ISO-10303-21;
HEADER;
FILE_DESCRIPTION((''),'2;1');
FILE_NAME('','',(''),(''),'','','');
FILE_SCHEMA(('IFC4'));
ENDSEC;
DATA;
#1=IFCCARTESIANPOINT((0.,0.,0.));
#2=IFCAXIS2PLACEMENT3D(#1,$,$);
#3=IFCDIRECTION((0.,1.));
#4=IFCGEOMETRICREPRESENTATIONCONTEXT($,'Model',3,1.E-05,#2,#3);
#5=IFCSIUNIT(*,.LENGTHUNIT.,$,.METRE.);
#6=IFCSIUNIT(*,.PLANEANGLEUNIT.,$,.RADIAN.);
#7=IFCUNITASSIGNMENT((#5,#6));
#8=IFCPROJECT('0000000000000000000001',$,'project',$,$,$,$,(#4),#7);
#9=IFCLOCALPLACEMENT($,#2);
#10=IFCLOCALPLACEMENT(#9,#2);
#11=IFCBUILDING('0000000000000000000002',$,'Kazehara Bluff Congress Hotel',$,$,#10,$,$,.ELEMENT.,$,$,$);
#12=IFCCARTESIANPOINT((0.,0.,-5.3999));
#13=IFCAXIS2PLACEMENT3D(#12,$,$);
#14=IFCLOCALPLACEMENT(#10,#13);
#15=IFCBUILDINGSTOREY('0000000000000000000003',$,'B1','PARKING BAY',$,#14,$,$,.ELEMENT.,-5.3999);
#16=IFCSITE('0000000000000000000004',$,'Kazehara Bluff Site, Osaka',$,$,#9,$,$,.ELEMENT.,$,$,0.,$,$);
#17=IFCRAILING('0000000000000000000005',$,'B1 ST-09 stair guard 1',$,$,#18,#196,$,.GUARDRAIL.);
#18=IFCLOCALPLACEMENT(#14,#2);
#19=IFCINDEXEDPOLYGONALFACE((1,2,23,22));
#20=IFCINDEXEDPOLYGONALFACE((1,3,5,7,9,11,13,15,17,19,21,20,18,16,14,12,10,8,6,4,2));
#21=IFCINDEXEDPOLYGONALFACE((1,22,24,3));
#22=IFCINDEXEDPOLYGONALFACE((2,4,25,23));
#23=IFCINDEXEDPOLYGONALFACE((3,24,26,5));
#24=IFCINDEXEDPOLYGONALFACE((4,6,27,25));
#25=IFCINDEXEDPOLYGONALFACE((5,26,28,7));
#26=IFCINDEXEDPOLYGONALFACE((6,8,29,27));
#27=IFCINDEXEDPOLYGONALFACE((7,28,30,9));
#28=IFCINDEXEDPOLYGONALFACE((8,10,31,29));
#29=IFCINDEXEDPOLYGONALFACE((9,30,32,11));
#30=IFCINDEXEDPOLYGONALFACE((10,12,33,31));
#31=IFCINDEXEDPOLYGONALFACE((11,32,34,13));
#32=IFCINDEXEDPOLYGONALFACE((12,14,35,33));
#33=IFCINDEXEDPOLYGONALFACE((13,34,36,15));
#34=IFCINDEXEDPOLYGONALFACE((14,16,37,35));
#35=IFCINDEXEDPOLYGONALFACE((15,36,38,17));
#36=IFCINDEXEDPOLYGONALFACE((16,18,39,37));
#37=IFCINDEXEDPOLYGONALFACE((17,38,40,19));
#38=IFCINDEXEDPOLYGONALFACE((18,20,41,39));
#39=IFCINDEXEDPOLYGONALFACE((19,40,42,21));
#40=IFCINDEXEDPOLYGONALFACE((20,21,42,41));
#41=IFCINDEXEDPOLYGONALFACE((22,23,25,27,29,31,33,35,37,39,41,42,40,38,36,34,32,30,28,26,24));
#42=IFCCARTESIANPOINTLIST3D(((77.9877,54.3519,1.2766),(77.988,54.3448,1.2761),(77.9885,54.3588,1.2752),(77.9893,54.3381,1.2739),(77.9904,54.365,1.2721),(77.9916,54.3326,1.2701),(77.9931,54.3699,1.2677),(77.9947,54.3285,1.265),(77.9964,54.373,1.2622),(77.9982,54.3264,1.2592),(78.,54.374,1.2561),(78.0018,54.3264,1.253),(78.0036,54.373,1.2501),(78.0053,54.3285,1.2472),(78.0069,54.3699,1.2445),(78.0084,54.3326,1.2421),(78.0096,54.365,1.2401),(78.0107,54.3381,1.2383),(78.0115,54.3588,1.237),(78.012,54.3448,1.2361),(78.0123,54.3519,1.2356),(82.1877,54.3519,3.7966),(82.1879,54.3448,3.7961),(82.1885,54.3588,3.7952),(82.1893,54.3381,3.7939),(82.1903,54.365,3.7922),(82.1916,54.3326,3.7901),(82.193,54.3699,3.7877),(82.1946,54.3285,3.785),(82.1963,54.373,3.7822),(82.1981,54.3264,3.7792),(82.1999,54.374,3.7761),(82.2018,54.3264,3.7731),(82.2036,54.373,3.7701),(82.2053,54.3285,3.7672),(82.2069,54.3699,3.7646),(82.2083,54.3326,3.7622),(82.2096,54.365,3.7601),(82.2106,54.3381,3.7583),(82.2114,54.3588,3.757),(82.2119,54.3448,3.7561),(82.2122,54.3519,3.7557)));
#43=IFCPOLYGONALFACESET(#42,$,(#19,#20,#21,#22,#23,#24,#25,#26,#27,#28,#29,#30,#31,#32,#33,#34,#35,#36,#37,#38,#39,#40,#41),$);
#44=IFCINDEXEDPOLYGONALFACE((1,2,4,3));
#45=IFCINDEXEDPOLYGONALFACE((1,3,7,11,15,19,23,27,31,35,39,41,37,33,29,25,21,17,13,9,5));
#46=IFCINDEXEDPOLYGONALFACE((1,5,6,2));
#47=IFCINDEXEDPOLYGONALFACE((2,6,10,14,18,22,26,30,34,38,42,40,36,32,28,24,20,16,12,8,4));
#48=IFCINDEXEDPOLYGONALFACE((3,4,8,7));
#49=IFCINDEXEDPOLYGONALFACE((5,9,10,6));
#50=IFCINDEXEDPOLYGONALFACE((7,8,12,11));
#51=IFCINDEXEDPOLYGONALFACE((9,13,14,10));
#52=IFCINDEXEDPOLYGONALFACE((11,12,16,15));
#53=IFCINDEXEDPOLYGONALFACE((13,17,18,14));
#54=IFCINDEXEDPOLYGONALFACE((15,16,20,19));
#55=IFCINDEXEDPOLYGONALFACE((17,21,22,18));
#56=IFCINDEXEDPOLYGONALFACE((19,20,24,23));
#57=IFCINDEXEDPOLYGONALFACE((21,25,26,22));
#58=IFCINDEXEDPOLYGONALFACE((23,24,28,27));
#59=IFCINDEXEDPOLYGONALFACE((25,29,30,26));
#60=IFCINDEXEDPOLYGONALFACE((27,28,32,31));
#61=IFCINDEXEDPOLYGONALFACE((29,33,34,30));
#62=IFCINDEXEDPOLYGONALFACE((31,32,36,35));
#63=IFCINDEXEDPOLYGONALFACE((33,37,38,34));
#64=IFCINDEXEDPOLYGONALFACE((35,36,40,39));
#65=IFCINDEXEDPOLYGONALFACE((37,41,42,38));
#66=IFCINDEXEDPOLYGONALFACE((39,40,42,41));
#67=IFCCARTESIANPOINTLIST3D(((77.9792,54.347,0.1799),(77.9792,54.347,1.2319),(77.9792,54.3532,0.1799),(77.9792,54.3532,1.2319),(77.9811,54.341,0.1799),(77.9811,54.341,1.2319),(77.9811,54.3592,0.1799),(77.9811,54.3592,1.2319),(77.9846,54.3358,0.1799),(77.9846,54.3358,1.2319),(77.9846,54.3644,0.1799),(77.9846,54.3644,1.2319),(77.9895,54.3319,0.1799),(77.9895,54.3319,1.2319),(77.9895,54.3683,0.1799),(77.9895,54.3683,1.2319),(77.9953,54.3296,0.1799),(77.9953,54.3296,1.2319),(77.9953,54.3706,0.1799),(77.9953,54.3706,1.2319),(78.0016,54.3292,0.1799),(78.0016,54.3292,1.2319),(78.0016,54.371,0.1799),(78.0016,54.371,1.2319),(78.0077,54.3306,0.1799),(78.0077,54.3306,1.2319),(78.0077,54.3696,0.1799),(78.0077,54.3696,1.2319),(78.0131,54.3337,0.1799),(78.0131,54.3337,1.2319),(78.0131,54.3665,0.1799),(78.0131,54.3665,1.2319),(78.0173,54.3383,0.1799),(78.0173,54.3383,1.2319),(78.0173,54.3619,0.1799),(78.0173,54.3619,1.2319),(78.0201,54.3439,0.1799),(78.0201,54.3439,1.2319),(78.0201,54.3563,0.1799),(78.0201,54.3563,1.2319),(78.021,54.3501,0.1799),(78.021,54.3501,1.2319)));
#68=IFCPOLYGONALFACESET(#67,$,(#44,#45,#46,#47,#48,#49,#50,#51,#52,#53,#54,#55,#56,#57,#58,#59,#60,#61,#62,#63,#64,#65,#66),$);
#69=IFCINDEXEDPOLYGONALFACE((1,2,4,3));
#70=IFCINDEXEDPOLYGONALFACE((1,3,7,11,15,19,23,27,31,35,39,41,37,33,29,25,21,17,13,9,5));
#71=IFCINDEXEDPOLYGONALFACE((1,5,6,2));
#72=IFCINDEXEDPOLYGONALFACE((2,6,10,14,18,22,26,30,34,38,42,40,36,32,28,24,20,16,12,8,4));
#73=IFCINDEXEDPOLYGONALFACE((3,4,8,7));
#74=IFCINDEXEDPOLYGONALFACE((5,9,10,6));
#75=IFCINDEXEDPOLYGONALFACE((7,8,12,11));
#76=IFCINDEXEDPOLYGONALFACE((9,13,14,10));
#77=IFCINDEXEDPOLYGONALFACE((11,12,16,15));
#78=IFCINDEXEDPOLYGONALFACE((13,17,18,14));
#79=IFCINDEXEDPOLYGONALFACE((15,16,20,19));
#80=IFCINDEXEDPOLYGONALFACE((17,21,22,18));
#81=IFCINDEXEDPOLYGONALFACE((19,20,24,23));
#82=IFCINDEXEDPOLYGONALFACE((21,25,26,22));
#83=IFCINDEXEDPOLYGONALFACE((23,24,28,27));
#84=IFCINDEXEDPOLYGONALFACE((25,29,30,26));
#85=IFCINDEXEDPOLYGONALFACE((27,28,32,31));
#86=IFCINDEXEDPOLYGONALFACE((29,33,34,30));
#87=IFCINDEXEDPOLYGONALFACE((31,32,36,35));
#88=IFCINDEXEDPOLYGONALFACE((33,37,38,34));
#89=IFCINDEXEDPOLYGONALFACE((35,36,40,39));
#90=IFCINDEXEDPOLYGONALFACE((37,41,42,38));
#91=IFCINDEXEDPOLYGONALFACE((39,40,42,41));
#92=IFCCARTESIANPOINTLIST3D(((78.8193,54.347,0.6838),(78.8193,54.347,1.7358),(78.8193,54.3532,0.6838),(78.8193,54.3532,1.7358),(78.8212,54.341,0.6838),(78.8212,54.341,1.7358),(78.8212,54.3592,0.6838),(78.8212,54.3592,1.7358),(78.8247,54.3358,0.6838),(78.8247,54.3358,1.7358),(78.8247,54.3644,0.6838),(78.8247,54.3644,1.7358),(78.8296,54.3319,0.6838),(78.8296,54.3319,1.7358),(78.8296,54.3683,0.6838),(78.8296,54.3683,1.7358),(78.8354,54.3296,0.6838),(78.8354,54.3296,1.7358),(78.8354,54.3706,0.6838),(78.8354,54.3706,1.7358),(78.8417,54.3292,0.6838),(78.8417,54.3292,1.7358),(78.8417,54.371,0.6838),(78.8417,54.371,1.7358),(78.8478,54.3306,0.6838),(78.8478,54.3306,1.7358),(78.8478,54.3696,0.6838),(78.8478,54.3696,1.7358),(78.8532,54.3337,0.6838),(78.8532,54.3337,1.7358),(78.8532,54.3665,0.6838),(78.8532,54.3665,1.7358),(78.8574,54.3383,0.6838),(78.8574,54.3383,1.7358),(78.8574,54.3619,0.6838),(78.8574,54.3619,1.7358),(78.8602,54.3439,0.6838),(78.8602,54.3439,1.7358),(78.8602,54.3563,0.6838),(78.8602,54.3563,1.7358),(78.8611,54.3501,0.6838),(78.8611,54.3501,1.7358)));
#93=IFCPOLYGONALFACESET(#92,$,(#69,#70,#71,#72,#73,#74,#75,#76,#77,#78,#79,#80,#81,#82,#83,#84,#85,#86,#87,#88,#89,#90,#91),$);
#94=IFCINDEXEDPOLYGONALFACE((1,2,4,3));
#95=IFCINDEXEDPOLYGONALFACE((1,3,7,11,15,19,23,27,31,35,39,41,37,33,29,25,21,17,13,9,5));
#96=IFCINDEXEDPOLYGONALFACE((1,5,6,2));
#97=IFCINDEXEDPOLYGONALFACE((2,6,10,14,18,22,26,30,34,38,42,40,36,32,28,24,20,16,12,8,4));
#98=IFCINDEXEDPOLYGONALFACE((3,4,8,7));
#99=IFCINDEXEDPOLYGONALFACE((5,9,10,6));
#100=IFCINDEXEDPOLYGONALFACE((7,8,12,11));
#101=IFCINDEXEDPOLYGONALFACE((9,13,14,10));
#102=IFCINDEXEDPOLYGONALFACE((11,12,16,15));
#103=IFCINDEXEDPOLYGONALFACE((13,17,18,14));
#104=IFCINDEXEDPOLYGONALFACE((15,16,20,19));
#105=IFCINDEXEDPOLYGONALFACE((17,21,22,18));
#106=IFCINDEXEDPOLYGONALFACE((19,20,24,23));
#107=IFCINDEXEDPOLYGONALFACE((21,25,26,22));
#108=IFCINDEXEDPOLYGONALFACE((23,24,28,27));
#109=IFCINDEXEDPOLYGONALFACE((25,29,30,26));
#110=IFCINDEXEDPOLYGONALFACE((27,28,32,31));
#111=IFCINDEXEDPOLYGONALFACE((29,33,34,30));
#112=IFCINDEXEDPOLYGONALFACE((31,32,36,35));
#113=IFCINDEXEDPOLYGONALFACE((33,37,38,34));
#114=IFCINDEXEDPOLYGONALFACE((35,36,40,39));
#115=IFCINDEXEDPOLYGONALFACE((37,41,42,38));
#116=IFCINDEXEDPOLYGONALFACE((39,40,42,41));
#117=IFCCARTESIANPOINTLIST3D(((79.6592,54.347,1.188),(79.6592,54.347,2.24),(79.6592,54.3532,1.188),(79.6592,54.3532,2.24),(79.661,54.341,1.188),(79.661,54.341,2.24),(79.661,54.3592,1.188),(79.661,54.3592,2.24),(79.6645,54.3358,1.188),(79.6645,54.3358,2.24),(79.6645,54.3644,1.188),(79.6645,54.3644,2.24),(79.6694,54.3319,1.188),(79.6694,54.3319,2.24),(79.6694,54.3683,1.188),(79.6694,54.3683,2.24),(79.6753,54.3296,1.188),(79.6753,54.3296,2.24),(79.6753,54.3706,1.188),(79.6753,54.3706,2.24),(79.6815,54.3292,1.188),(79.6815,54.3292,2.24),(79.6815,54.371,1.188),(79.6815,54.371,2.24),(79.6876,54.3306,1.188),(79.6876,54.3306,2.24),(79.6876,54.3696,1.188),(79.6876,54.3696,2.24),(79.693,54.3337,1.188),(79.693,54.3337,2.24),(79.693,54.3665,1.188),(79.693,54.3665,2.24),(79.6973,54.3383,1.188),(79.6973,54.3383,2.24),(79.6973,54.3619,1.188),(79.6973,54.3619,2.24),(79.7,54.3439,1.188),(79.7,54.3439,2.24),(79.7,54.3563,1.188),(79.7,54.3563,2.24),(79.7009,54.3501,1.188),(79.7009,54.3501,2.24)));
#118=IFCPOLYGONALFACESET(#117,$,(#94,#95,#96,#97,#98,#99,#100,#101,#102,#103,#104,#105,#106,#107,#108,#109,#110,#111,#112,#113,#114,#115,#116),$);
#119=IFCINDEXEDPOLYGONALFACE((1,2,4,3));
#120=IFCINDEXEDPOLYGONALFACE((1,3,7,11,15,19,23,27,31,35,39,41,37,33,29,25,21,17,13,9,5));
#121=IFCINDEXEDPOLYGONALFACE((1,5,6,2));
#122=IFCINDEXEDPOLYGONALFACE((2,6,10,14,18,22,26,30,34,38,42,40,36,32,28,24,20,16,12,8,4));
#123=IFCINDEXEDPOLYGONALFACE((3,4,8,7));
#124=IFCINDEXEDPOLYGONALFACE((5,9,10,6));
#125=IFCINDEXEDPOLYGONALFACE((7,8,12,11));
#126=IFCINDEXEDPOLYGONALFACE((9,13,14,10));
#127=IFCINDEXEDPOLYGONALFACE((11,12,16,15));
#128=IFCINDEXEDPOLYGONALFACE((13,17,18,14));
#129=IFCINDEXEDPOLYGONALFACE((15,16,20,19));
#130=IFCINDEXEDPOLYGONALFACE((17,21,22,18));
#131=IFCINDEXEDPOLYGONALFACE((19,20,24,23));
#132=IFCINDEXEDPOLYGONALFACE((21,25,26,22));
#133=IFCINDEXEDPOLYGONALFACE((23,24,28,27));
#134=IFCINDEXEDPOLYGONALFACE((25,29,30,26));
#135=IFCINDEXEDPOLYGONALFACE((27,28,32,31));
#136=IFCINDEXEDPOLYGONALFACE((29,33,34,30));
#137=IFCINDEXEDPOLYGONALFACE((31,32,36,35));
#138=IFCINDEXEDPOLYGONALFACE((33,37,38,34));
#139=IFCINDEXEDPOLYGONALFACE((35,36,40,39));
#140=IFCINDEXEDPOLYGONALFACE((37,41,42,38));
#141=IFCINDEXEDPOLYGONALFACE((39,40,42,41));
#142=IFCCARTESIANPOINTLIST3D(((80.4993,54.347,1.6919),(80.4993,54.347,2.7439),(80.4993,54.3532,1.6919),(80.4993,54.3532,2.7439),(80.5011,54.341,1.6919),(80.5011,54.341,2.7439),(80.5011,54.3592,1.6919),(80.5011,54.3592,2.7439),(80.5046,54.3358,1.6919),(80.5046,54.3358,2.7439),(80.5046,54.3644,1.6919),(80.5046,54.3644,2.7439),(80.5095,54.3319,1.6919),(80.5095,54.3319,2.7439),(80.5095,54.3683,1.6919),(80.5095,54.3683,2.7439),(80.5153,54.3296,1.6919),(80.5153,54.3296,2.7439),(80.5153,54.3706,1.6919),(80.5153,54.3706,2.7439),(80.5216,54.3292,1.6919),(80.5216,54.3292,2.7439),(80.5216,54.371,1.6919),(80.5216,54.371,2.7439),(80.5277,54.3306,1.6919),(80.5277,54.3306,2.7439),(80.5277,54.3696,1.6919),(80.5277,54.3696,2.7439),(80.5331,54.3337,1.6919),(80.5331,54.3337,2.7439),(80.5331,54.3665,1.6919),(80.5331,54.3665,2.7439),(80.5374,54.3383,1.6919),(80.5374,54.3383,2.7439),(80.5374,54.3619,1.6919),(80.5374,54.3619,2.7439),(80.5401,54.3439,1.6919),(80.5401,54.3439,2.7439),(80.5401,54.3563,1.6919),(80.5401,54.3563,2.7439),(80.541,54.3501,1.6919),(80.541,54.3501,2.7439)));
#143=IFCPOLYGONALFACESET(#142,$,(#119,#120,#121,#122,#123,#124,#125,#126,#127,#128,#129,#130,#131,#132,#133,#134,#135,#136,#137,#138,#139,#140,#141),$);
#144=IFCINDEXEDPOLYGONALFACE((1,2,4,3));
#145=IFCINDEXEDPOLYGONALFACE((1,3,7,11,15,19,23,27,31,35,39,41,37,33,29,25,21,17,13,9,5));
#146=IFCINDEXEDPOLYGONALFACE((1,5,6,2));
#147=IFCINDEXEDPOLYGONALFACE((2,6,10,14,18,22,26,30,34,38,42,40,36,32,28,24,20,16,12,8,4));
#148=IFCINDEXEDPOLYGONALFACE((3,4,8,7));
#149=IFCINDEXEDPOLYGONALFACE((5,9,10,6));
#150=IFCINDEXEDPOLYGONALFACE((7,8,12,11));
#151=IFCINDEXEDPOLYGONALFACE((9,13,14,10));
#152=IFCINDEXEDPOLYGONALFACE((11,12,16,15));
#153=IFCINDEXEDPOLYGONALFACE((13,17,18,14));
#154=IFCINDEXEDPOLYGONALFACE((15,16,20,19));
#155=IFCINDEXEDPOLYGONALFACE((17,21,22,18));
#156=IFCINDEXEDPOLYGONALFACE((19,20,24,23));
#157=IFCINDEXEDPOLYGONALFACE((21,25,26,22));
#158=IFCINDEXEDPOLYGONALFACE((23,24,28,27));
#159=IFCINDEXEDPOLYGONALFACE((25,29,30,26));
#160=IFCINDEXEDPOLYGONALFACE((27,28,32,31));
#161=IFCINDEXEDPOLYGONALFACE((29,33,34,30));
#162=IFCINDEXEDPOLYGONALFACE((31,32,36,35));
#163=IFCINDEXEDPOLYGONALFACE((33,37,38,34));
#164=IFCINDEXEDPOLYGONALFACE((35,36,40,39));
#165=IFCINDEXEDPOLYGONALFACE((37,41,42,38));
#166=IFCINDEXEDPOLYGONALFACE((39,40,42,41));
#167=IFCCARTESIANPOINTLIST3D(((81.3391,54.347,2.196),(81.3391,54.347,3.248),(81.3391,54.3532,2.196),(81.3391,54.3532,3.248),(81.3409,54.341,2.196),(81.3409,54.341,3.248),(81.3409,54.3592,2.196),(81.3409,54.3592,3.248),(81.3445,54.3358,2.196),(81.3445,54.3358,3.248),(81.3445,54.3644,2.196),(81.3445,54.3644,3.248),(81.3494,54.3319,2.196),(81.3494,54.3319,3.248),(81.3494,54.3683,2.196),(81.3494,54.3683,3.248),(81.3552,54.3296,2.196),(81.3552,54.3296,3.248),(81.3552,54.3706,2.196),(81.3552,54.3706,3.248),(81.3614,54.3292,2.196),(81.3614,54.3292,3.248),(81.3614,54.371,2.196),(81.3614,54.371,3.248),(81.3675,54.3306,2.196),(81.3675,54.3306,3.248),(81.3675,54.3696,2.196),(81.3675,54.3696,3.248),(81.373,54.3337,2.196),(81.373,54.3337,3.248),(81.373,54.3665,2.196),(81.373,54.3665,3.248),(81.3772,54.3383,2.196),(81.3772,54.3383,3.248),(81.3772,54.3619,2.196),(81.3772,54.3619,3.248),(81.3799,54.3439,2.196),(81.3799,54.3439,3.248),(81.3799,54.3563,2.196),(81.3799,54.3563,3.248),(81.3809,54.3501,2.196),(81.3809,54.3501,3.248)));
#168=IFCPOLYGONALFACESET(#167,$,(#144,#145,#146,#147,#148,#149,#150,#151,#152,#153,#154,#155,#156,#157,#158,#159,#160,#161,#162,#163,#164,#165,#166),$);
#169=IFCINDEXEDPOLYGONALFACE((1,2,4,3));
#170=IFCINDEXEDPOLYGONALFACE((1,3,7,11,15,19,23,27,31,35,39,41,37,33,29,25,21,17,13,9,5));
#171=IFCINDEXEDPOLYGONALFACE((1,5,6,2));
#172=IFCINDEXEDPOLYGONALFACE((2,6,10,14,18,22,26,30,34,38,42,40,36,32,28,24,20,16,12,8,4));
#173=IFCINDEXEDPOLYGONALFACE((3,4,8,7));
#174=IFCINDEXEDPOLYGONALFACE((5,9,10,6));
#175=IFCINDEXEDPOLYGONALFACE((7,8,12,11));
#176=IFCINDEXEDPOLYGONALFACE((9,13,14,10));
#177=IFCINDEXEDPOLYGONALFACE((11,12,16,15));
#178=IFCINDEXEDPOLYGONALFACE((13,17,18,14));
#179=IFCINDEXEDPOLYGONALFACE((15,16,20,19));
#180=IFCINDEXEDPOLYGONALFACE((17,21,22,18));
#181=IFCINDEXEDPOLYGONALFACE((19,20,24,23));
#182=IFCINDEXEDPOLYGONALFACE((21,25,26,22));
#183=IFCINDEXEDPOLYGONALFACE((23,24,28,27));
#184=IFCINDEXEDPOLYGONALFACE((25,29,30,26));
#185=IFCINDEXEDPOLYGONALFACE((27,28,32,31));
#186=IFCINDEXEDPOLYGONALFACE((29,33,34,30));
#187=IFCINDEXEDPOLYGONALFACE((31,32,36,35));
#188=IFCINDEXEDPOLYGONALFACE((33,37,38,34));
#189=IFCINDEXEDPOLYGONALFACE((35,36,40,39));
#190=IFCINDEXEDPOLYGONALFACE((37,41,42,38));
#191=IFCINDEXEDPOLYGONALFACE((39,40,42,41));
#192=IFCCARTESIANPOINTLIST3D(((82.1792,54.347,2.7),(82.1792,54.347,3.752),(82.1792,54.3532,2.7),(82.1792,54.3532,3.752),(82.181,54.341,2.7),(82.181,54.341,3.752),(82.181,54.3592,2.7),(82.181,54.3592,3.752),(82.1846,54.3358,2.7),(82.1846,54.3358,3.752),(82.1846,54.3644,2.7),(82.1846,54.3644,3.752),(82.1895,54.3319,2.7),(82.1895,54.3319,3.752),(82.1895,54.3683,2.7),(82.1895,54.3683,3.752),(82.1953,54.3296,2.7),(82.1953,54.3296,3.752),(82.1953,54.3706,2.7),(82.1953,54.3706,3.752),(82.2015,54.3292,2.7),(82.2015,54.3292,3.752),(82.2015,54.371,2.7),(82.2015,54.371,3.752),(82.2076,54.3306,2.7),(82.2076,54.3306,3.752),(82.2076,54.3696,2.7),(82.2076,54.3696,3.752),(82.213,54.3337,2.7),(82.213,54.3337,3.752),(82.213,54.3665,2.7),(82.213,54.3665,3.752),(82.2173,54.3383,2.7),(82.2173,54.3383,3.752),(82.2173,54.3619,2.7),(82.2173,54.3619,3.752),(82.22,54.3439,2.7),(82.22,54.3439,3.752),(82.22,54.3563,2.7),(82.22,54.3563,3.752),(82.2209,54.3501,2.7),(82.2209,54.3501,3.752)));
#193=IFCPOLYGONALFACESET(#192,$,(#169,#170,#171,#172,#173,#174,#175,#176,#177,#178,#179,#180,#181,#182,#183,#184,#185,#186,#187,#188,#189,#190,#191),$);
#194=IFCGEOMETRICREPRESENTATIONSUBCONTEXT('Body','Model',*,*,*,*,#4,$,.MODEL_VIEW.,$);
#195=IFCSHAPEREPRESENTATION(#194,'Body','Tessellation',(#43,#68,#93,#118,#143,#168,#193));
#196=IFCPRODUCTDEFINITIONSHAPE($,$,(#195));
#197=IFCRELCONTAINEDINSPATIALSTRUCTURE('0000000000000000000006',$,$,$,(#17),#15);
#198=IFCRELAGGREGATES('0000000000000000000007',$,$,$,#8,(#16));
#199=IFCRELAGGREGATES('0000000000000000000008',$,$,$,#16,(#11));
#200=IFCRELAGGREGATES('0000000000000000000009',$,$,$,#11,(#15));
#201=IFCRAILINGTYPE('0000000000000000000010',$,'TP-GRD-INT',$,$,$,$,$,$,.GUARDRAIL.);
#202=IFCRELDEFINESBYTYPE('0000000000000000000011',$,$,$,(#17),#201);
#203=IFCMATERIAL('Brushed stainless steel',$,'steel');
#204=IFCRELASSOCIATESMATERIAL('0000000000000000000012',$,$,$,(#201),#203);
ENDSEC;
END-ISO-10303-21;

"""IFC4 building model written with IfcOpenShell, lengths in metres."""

from ifc_helpers import new_model, si_unit, direction, frame, origin, origin_2d, place, context, subcontext, project, spatial, circle, extrude, material, type_object, element, save


model = new_model("IFC4")

# Units and contexts
model_context = context("Model", 3, precision=1e-05, world=origin(), true_north=direction((0.0, 1.0)))
body_context = subcontext(model_context, "Body", "Model", "MODEL_VIEW")
ifc_project = project(units=[si_unit("LENGTHUNIT", "METRE"), si_unit("PLANEANGLEUNIT", "RADIAN")], contexts=[model_context])

# Site, building, storey
site_placement = place(None, origin())
site = spatial("IfcSite", under=ifc_project, at=site_placement, Name="Kazehara Bluff Site, Osaka", CompositionType="ELEMENT", RefElevation=0.0)
building_placement = place(site_placement, origin())
building = spatial("IfcBuilding", under=site, at=building_placement, Name="Kazehara Bluff Congress Hotel", CompositionType="ELEMENT")
storey_placement = place(building_placement, frame((0.0, 0.0, -5.3999)))
storey = spatial("IfcBuildingStorey", under=building, at=storey_placement, Name="B1", Description="PARKING BAY", CompositionType="ELEMENT", Elevation=-5.3999)

# Railing
ifc_material_1 = material(Name="Brushed stainless steel", Category="steel")
railing_type_1 = type_object("IfcRailingType", Name="TP-GRD-INT", PredefinedType="GUARDRAIL", material=ifc_material_1)
railing_1_placement = place(storey_placement, frame((78.0, 54.3501, 0.1799)))
element("IfcRailing", 1, at=railing_1_placement, inside=storey, type_object=railing_type_1, Name="B1 ST-09 stair guard 1", PredefinedType="GUARDRAIL", context=body_context, shape_type="SweptSolid", body=[
    extrude(circle(Radius=0.0239, at=origin_2d()), frame((0.0, 0.0, 1.0762), z_axis=(0.857489, 0.0, 0.514503), x_axis=(0.0, 1.0, 0.0)), (0.0, 0.0, 1.0), 4.8979),
    extrude(circle(Radius=0.021, at=origin_2d()), origin(), (0.0, 0.0, 1.0), 1.052),
    extrude(circle(Radius=0.021, at=origin_2d()), frame((0.8401, 0.0, 0.5039)), (0.0, 0.0, 1.0), 1.052),
    extrude(circle(Radius=0.021, at=origin_2d()), frame((1.6799, 0.0, 1.0081)), (0.0, 0.0, 1.0), 1.052),
    extrude(circle(Radius=0.021, at=origin_2d()), frame((2.52, 0.0, 1.512)), (0.0, 0.0, 1.0), 1.052),
    extrude(circle(Radius=0.021, at=origin_2d()), frame((3.3599, 0.0, 2.0161)), (0.0, 0.0, 1.0), 1.052),
    extrude(circle(Radius=0.021, at=origin_2d()), frame((4.2, 0.0, 2.52)), (0.0, 0.0, 1.0), 1.052),
])

save(model, "model.ifc")
